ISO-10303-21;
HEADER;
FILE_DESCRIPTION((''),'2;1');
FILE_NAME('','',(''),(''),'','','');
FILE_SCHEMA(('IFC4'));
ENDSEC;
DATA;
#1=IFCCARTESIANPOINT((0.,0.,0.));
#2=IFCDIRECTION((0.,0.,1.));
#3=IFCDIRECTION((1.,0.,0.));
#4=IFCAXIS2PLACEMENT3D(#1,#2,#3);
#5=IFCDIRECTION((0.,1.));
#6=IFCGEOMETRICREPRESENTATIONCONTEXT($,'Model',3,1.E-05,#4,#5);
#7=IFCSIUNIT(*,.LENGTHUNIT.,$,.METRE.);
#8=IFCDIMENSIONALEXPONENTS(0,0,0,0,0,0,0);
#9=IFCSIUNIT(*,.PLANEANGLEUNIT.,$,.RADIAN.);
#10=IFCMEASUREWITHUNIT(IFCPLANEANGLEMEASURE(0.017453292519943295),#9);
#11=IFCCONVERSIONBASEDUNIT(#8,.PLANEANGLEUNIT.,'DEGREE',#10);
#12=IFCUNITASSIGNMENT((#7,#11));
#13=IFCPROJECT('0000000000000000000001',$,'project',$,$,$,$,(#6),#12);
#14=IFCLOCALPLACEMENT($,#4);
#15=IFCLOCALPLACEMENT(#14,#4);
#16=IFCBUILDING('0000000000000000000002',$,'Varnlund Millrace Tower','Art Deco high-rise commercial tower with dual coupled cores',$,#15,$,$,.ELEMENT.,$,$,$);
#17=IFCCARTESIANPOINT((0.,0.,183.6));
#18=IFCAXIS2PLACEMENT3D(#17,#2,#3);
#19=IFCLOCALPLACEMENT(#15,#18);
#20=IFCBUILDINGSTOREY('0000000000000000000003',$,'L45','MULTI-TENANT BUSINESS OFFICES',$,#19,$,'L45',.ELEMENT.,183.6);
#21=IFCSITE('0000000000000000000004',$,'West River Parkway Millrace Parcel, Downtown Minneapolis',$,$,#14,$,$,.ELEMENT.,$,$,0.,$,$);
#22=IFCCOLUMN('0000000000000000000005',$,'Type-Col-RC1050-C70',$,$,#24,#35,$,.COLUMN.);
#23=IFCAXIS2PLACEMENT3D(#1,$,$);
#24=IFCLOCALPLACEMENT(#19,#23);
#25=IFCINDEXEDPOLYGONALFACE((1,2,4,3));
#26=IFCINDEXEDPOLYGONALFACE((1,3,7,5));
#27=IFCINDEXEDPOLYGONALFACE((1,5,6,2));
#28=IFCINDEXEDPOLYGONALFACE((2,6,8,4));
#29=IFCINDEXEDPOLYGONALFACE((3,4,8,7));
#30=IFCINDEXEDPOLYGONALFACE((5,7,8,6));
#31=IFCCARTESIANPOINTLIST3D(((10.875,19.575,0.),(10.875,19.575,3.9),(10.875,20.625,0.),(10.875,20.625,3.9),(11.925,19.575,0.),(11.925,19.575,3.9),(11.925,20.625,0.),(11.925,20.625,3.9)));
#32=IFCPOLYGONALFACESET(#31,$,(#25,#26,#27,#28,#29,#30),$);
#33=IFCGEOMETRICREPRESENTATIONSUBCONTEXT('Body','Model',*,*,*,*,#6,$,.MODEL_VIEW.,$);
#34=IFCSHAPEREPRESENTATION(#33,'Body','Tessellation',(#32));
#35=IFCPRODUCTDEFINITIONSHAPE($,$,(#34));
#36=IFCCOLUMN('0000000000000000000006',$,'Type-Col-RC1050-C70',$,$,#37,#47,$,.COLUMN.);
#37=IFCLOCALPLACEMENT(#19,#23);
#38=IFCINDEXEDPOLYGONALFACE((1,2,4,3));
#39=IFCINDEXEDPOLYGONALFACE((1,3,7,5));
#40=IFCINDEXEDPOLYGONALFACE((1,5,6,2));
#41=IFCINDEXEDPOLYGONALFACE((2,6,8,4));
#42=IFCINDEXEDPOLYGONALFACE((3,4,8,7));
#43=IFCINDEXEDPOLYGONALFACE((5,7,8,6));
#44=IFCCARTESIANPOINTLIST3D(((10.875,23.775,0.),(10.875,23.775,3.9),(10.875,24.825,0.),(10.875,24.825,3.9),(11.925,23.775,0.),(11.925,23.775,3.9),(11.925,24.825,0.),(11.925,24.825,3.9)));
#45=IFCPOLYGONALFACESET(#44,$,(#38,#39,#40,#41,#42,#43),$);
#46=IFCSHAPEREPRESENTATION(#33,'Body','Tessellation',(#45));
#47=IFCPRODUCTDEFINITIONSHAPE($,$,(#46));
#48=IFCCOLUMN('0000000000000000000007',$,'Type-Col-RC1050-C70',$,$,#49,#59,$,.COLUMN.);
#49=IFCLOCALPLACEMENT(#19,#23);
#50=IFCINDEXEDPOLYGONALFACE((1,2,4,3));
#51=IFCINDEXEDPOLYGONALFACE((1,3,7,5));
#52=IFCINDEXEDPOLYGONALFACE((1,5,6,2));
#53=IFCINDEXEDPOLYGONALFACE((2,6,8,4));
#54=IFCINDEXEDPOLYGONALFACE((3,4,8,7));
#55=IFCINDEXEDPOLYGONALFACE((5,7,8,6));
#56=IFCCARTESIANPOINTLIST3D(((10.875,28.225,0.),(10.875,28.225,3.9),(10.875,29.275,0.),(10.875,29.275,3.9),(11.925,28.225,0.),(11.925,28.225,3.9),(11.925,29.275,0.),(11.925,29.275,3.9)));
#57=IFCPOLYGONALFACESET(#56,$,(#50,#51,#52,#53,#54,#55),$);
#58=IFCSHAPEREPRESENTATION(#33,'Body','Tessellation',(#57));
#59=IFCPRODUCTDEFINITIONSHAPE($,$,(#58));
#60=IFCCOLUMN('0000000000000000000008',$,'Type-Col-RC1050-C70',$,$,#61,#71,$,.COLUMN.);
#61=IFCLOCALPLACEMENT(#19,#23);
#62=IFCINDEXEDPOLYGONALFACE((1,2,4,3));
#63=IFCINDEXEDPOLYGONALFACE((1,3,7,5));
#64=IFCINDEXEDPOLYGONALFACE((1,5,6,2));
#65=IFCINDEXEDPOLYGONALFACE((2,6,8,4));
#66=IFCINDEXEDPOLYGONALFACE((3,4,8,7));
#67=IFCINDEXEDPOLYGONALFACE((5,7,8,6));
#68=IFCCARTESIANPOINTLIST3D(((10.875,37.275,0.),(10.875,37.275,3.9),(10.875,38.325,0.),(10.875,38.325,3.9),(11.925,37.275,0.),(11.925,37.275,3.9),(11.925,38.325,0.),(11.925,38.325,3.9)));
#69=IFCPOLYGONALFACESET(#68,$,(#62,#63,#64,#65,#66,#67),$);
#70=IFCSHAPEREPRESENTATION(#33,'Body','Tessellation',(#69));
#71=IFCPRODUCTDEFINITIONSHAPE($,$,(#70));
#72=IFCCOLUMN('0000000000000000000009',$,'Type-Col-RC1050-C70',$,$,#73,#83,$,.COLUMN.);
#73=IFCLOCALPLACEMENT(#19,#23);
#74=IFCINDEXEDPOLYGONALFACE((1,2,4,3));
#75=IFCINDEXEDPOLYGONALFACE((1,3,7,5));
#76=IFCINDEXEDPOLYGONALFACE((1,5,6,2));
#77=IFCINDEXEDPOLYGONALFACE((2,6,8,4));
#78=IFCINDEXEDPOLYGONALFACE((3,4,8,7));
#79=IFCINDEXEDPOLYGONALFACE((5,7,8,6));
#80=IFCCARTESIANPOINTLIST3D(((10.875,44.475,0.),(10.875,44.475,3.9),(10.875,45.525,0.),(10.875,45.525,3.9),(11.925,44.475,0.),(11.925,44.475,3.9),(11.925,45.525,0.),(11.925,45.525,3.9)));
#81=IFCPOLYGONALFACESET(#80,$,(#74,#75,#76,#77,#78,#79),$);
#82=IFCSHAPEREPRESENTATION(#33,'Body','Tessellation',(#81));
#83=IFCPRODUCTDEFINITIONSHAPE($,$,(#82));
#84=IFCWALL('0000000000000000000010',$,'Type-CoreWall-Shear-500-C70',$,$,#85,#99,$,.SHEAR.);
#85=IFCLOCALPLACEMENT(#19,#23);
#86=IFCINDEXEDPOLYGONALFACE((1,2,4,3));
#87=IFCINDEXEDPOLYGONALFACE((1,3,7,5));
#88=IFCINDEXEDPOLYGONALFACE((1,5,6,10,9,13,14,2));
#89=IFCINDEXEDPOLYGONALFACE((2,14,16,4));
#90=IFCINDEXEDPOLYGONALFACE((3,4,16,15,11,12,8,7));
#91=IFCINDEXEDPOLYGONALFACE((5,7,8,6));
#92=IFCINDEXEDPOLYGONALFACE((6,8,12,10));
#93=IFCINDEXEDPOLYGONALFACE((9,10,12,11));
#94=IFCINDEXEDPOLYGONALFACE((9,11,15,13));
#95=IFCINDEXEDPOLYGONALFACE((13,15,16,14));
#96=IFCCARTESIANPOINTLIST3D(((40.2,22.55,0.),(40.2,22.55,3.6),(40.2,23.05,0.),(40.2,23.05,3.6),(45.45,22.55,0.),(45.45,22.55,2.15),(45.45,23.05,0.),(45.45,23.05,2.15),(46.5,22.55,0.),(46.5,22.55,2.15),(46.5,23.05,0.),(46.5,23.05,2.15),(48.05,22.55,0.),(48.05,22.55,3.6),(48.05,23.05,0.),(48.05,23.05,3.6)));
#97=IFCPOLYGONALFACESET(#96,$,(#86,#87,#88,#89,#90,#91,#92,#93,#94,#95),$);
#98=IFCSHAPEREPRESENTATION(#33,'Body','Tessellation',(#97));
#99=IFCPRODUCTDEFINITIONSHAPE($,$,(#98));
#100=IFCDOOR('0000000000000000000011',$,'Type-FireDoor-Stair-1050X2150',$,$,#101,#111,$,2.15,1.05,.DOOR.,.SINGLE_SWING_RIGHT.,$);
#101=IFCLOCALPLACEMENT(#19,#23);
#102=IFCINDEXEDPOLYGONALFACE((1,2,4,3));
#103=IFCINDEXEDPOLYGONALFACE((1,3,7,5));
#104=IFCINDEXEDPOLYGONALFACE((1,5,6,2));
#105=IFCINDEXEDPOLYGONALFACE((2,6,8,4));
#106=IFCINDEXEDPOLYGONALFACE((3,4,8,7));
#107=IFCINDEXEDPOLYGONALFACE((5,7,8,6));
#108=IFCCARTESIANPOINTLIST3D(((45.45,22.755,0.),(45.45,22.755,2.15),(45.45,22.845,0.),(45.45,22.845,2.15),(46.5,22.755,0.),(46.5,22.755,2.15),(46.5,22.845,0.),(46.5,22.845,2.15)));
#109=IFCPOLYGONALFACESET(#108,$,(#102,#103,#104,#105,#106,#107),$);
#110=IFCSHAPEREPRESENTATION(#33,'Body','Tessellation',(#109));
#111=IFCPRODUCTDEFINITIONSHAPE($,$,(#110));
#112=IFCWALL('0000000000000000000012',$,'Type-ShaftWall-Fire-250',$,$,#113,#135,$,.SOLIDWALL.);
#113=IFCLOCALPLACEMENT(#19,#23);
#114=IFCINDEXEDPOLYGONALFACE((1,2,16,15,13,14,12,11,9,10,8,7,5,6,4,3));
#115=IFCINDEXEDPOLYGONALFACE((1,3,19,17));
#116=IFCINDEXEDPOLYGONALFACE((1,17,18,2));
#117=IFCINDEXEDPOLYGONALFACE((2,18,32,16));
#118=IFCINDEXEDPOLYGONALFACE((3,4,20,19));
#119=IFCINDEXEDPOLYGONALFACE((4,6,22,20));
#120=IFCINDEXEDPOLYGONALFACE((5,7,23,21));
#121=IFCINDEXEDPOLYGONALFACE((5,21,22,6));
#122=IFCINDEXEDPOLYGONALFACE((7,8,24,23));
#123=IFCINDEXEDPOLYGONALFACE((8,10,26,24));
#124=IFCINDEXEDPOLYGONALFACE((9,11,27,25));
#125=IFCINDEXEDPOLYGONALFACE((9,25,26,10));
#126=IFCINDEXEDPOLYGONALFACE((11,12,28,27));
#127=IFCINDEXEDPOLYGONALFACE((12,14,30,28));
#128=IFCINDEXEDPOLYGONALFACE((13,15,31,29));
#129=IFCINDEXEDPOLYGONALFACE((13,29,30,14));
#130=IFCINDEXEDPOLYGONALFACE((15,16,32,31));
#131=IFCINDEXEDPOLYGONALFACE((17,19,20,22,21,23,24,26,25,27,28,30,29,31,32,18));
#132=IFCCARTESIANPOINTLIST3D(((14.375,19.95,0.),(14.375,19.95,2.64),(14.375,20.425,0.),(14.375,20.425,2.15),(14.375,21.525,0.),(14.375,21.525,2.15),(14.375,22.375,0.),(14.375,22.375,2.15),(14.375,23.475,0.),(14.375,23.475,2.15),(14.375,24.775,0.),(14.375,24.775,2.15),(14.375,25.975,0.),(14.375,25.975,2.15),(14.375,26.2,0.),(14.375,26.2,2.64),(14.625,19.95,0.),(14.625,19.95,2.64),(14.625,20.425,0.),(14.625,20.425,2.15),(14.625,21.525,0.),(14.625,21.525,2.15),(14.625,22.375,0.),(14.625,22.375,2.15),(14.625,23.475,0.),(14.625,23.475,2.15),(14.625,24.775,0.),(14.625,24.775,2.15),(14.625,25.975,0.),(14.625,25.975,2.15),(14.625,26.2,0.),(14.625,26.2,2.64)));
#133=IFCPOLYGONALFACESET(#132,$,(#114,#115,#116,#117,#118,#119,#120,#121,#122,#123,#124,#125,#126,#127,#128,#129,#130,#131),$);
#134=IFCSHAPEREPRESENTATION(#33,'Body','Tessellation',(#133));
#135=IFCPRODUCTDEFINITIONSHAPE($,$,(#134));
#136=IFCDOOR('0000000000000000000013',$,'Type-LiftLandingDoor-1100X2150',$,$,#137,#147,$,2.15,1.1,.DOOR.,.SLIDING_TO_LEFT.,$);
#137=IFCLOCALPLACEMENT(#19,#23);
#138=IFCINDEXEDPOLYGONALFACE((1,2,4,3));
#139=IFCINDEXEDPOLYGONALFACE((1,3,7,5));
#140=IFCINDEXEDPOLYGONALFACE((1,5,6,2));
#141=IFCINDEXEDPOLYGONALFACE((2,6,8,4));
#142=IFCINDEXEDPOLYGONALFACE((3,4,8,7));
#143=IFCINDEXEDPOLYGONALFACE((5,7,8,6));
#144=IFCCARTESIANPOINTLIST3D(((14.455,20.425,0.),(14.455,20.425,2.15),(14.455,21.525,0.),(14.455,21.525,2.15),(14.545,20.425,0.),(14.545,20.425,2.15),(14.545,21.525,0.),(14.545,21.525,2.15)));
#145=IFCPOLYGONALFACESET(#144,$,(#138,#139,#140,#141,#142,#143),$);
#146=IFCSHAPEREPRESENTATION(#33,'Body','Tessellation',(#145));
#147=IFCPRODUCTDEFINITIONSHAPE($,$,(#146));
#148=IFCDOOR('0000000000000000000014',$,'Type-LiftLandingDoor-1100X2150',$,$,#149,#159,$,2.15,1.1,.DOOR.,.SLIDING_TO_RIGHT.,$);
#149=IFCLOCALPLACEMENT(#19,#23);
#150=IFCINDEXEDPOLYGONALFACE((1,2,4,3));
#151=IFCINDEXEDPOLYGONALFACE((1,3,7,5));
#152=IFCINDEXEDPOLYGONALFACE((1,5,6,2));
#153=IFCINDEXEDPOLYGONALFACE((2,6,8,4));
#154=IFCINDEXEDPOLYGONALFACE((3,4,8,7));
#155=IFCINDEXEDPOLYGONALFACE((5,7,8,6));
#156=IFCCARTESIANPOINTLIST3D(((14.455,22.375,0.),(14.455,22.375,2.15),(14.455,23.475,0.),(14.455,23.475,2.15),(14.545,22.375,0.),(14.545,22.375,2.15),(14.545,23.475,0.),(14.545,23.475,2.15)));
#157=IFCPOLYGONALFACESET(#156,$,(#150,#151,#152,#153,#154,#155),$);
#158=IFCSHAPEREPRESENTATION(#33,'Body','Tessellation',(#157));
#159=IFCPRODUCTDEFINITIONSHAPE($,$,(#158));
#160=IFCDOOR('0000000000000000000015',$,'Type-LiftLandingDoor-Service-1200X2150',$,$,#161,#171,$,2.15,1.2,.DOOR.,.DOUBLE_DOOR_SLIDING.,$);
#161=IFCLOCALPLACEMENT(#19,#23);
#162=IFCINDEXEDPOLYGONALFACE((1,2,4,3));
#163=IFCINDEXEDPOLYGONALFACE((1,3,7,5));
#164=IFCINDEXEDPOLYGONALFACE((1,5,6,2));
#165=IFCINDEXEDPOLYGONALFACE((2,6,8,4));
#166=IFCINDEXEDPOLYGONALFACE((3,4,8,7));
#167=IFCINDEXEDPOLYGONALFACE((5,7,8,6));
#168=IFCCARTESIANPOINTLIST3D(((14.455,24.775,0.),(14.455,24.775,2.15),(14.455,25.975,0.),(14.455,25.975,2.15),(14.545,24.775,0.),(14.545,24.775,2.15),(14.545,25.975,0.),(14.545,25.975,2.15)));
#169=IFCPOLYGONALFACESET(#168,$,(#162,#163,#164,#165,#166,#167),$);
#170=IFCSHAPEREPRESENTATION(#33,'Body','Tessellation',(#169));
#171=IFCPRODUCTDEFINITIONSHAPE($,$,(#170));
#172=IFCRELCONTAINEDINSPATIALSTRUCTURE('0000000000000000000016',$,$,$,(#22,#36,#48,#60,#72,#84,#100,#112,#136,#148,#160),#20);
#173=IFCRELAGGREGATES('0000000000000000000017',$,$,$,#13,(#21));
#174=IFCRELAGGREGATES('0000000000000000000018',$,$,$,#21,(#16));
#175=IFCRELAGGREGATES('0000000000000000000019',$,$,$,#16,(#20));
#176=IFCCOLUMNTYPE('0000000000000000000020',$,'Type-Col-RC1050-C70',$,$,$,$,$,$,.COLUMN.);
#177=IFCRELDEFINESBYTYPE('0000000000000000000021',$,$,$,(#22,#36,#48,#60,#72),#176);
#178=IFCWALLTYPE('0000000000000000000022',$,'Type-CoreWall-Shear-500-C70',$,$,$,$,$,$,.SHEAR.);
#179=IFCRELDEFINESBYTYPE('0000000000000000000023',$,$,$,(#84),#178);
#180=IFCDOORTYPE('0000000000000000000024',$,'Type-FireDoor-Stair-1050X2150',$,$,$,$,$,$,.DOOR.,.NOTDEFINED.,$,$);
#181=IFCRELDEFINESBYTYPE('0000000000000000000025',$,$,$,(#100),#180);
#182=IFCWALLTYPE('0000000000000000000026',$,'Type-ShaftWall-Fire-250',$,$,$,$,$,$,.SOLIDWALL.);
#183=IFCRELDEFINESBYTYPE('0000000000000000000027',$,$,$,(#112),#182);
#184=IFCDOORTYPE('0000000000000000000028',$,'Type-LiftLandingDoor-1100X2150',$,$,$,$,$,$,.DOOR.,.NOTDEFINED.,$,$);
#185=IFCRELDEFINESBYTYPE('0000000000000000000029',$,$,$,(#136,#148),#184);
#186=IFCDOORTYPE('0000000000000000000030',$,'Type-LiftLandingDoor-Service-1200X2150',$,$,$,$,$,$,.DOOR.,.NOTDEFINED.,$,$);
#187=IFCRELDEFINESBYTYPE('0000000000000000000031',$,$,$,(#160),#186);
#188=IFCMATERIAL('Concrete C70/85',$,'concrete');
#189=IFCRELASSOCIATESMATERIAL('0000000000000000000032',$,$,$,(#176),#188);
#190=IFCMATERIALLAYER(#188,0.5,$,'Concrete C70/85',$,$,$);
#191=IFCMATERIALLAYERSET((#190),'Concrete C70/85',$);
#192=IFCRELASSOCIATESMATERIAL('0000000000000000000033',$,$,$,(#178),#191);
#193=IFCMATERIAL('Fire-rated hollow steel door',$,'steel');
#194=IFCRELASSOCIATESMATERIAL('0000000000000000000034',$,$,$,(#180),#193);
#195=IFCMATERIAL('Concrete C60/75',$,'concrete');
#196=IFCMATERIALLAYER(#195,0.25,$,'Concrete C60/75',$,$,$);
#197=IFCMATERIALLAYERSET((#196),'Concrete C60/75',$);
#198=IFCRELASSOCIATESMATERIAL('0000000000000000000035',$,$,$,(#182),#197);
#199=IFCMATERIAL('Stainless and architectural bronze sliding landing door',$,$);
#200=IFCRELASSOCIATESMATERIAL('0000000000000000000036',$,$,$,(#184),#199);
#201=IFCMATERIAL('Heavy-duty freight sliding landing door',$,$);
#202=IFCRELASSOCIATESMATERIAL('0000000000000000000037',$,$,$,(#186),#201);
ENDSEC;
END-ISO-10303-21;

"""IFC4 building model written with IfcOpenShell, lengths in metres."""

from ifc_helpers import new_model, entity, si_unit, converted_unit, direction, frame, origin_with_axes, origin_2d_with_axis, place, context, subcontext, project, spatial, polyline, rectangle, outline, extrude, material, layer, layer_set, material_profile, profile_set, type_object, element, fill, save


model = new_model("IFC4")

# Units and contexts
model_context = context("Model", 3, precision=1e-05, world=origin_with_axes(), true_north=direction((0.0, 1.0)))
body_context = subcontext(model_context, "Body", "Model", "MODEL_VIEW")
ifc_project = project(units=[si_unit("LENGTHUNIT", "METRE"), converted_unit("PLANEANGLEUNIT", "DEGREE", entity("IfcPlaneAngleMeasure", 0.017453292519943295), si_unit("PLANEANGLEUNIT", "RADIAN"), dimensions=[0, 0, 0, 0, 0, 0, 0])], contexts=[model_context])

# Site, building, storey
site_placement = place(None, origin_with_axes())
site = spatial("IfcSite", under=ifc_project, at=site_placement, Name="West River Parkway Millrace Parcel, Downtown Minneapolis", CompositionType="ELEMENT", RefElevation=0.0)
building_placement = place(site_placement, origin_with_axes())
building = spatial("IfcBuilding", under=site, at=building_placement, Name="Varnlund Millrace Tower", Description="Art Deco high-rise commercial tower with dual coupled cores", CompositionType="ELEMENT")
storey_placement = place(building_placement, frame((0.0, 0.0, 183.6), z_axis=(0.0, 0.0, 1.0), x_axis=(1.0, 0.0, 0.0)))
storey = spatial("IfcBuildingStorey", under=building, at=storey_placement, Name="L45", Description="MULTI-TENANT BUSINESS OFFICES", LongName="L45", CompositionType="ELEMENT", Elevation=183.6)

# Columns
ifc_material_1 = material(Name="Concrete C70/85", Category="concrete")
ifc_material_profile = material_profile(ifc_material_1, rectangle(XDim=1.05, YDim=1.05, at=origin_2d_with_axis()), Name="Concrete C70/85")
ifc_profile_set = profile_set([ifc_material_profile], Name="Concrete C70/85")
column_type = type_object("IfcColumnType", Name="Type-Col-RC1050-C70", PredefinedType="COLUMN", material=ifc_profile_set)
for number, where, z_axis, x_axis, name in (
    (1, (11.4, 20.1, 0.0), (0.0, 0.0, 1.0), (1.0, 0.0, 0.0), "Type-Col-RC1050-C70"),
    (2, (11.4, 24.3, 0.0), (0.0, 0.0, 1.0), (1.0, 0.0, 0.0), "Type-Col-RC1050-C70"),
    (3, (11.4, 28.75, 0.0), (0.0, 0.0, 1.0), (1.0, 0.0, 0.0), "Type-Col-RC1050-C70"),
    (4, (11.4, 37.8, 0.0), (0.0, 0.0, 1.0), (1.0, 0.0, 0.0), "Type-Col-RC1050-C70"),
    (5, (11.4, 45.0, 0.0), (0.0, 0.0, 1.0), (1.0, 0.0, 0.0), "Type-Col-RC1050-C70"),
):
    element("IfcColumn", number, at=place(storey_placement, frame(where, z_axis=z_axis, x_axis=x_axis)), inside=storey, type_object=column_type, Name=name, PredefinedType="COLUMN", context=body_context, shape_type="SweptSolid", body=[
        extrude(rectangle(XDim=1.05, YDim=1.05, at=origin_2d_with_axis()), origin_with_axes(), (0.0, 0.0, 1.0), 3.9),
    ])

# Wall, opening, door
ifc_layer_1 = layer(ifc_material_1, 0.5, Name="Concrete C70/85")
ifc_layer_set_1 = layer_set([ifc_layer_1], Name="Concrete C70/85")
wall_type_1 = type_object("IfcWallType", Name="Type-CoreWall-Shear-500-C70", PredefinedType="SHEAR", material=ifc_layer_set_1)
wall_1_placement = place(storey_placement, frame((40.2, 22.8, 0.0), z_axis=(0.0, 0.0, 1.0), x_axis=(1.0, 0.0, 0.0)))
wall_1 = element("IfcWall", 6, at=wall_1_placement, inside=storey, type_object=wall_type_1, Name="Type-CoreWall-Shear-500-C70", PredefinedType="SHEAR", context=body_context, shape_type="SweptSolid", body=[
    extrude(outline(polyline([(0.0, -0.25), (7.85, -0.25), (7.85, 0.25), (0.0, 0.25), (0.0, -0.25)])), origin_with_axes(), (0.0, 0.0, 1.0), 3.6),
])
opening_1_placement = place(wall_1_placement, frame((5.775, 0.0, 0.0), z_axis=(0.0, 0.0, 1.0), x_axis=(1.0, 0.0, 0.0)))
opening_1 = element("IfcOpeningElement", 7, at=opening_1_placement, cuts=wall_1, PredefinedType="OPENING", context=body_context, shape_type="SweptSolid", body=[
    extrude(rectangle(XDim=1.05, YDim=0.52, at=origin_2d_with_axis()), origin_with_axes(), (0.0, 0.0, 1.0), 2.15),
])
ifc_material_2 = material(Name="Fire-rated hollow steel door", Category="steel")
door_type_1 = type_object("IfcDoorType", Name="Type-FireDoor-Stair-1050X2150", OperationType="NOTDEFINED", PredefinedType="DOOR", material=ifc_material_2)
door_1_placement = place(wall_1_placement, frame((5.775, 0.0, 0.0), z_axis=(0.0, 0.0, 1.0), x_axis=(1.0, 0.0, 0.0)))
door_1 = element("IfcDoor", 8, at=door_1_placement, inside=storey, type_object=door_type_1, Name="Type-FireDoor-Stair-1050X2150", OperationType="SINGLE_SWING_RIGHT", OverallHeight=2.15, OverallWidth=1.05, PredefinedType="DOOR", context=body_context, shape_type="SweptSolid", body=[
    extrude(rectangle(XDim=1.05, YDim=0.09, at=origin_2d_with_axis()), origin_with_axes(), (0.0, 0.0, 1.0), 2.15),
])
fill(opening_1, door_1)

# Wall, openings, doors
ifc_material_3 = material(Name="Concrete C60/75", Category="concrete")
ifc_layer_2 = layer(ifc_material_3, 0.25, Name="Concrete C60/75")
ifc_layer_set_2 = layer_set([ifc_layer_2], Name="Concrete C60/75")
wall_type_2 = type_object("IfcWallType", Name="Type-ShaftWall-Fire-250", PredefinedType="SOLIDWALL", material=ifc_layer_set_2)
wall_2_placement = place(storey_placement, frame((14.5, 19.95, 0.0), z_axis=(0.0, 0.0, 1.0), x_axis=(0.0, 1.0, 0.0)))
wall_2 = element("IfcWall", 9, at=wall_2_placement, inside=storey, type_object=wall_type_2, Name="Type-ShaftWall-Fire-250", PredefinedType="SOLIDWALL", context=body_context, shape_type="SweptSolid", body=[
    extrude(outline(polyline([(0.0, -0.125), (6.25, -0.125), (6.25, 0.125), (0.0, 0.125), (0.0, -0.125)])), origin_with_axes(), (0.0, 0.0, 1.0), 2.64),
])
opening_2_placement = place(wall_2_placement, frame((1.025, 0.0, 0.0), z_axis=(0.0, 0.0, 1.0), x_axis=(1.0, 0.0, 0.0)))
opening_2 = element("IfcOpeningElement", 10, at=opening_2_placement, cuts=wall_2, PredefinedType="OPENING", context=body_context, shape_type="SweptSolid", body=[
    extrude(rectangle(XDim=1.1, YDim=0.27, at=origin_2d_with_axis()), origin_with_axes(), (0.0, 0.0, 1.0), 2.15),
])
opening_3_placement = place(wall_2_placement, frame((2.975, 0.0, 0.0), z_axis=(0.0, 0.0, 1.0), x_axis=(1.0, 0.0, 0.0)))
opening_3 = element("IfcOpeningElement", 11, at=opening_3_placement, cuts=wall_2, PredefinedType="OPENING", context=body_context, shape_type="SweptSolid", body=[
    extrude(rectangle(XDim=1.1, YDim=0.27, at=origin_2d_with_axis()), origin_with_axes(), (0.0, 0.0, 1.0), 2.15),
])
opening_4_placement = place(wall_2_placement, frame((5.425, 0.0, 0.0), z_axis=(0.0, 0.0, 1.0), x_axis=(1.0, 0.0, 0.0)))
opening_4 = element("IfcOpeningElement", 12, at=opening_4_placement, cuts=wall_2, PredefinedType="OPENING", context=body_context, shape_type="SweptSolid", body=[
    extrude(rectangle(XDim=1.2, YDim=0.27, at=origin_2d_with_axis()), origin_with_axes(), (0.0, 0.0, 1.0), 2.15),
])
ifc_material_4 = material(Name="Stainless and architectural bronze sliding landing door")
door_type_2 = type_object("IfcDoorType", Name="Type-LiftLandingDoor-1100X2150", OperationType="NOTDEFINED", PredefinedType="DOOR", material=ifc_material_4)
door_2_placement = place(wall_2_placement, frame((1.025, 0.0, 0.0), z_axis=(0.0, 0.0, 1.0), x_axis=(1.0, 0.0, 0.0)))
door_2 = element("IfcDoor", 13, at=door_2_placement, inside=storey, type_object=door_type_2, Name="Type-LiftLandingDoor-1100X2150", OperationType="SLIDING_TO_LEFT", OverallHeight=2.15, OverallWidth=1.1, PredefinedType="DOOR", context=body_context, shape_type="SweptSolid", body=[
    extrude(rectangle(XDim=1.1, YDim=0.09, at=origin_2d_with_axis()), origin_with_axes(), (0.0, 0.0, 1.0), 2.15),
])
fill(opening_2, door_2)
door_3_placement = place(wall_2_placement, frame((2.975, 0.0, 0.0), z_axis=(0.0, 0.0, 1.0), x_axis=(1.0, 0.0, 0.0)))
door_3 = element("IfcDoor", 14, at=door_3_placement, inside=storey, type_object=door_type_2, Name="Type-LiftLandingDoor-1100X2150", OperationType="SLIDING_TO_RIGHT", OverallHeight=2.15, OverallWidth=1.1, PredefinedType="DOOR", context=body_context, shape_type="SweptSolid", body=[
    extrude(rectangle(XDim=1.1, YDim=0.09, at=origin_2d_with_axis()), origin_with_axes(), (0.0, 0.0, 1.0), 2.15),
])
fill(opening_3, door_3)
ifc_material_5 = material(Name="Heavy-duty freight sliding landing door")
door_type_3 = type_object("IfcDoorType", Name="Type-LiftLandingDoor-Service-1200X2150", OperationType="NOTDEFINED", PredefinedType="DOOR", material=ifc_material_5)
door_4_placement = place(wall_2_placement, frame((5.425, 0.0, 0.0), z_axis=(0.0, 0.0, 1.0), x_axis=(1.0, 0.0, 0.0)))
door_4 = element("IfcDoor", 15, at=door_4_placement, inside=storey, type_object=door_type_3, Name="Type-LiftLandingDoor-Service-1200X2150", OperationType="DOUBLE_DOOR_SLIDING", OverallHeight=2.15, OverallWidth=1.2, PredefinedType="DOOR", context=body_context, shape_type="SweptSolid", body=[
    extrude(rectangle(XDim=1.2, YDim=0.09, at=origin_2d_with_axis()), origin_with_axes(), (0.0, 0.0, 1.0), 2.15),
])
fill(opening_4, door_4)

save(model, "model.ifc")
